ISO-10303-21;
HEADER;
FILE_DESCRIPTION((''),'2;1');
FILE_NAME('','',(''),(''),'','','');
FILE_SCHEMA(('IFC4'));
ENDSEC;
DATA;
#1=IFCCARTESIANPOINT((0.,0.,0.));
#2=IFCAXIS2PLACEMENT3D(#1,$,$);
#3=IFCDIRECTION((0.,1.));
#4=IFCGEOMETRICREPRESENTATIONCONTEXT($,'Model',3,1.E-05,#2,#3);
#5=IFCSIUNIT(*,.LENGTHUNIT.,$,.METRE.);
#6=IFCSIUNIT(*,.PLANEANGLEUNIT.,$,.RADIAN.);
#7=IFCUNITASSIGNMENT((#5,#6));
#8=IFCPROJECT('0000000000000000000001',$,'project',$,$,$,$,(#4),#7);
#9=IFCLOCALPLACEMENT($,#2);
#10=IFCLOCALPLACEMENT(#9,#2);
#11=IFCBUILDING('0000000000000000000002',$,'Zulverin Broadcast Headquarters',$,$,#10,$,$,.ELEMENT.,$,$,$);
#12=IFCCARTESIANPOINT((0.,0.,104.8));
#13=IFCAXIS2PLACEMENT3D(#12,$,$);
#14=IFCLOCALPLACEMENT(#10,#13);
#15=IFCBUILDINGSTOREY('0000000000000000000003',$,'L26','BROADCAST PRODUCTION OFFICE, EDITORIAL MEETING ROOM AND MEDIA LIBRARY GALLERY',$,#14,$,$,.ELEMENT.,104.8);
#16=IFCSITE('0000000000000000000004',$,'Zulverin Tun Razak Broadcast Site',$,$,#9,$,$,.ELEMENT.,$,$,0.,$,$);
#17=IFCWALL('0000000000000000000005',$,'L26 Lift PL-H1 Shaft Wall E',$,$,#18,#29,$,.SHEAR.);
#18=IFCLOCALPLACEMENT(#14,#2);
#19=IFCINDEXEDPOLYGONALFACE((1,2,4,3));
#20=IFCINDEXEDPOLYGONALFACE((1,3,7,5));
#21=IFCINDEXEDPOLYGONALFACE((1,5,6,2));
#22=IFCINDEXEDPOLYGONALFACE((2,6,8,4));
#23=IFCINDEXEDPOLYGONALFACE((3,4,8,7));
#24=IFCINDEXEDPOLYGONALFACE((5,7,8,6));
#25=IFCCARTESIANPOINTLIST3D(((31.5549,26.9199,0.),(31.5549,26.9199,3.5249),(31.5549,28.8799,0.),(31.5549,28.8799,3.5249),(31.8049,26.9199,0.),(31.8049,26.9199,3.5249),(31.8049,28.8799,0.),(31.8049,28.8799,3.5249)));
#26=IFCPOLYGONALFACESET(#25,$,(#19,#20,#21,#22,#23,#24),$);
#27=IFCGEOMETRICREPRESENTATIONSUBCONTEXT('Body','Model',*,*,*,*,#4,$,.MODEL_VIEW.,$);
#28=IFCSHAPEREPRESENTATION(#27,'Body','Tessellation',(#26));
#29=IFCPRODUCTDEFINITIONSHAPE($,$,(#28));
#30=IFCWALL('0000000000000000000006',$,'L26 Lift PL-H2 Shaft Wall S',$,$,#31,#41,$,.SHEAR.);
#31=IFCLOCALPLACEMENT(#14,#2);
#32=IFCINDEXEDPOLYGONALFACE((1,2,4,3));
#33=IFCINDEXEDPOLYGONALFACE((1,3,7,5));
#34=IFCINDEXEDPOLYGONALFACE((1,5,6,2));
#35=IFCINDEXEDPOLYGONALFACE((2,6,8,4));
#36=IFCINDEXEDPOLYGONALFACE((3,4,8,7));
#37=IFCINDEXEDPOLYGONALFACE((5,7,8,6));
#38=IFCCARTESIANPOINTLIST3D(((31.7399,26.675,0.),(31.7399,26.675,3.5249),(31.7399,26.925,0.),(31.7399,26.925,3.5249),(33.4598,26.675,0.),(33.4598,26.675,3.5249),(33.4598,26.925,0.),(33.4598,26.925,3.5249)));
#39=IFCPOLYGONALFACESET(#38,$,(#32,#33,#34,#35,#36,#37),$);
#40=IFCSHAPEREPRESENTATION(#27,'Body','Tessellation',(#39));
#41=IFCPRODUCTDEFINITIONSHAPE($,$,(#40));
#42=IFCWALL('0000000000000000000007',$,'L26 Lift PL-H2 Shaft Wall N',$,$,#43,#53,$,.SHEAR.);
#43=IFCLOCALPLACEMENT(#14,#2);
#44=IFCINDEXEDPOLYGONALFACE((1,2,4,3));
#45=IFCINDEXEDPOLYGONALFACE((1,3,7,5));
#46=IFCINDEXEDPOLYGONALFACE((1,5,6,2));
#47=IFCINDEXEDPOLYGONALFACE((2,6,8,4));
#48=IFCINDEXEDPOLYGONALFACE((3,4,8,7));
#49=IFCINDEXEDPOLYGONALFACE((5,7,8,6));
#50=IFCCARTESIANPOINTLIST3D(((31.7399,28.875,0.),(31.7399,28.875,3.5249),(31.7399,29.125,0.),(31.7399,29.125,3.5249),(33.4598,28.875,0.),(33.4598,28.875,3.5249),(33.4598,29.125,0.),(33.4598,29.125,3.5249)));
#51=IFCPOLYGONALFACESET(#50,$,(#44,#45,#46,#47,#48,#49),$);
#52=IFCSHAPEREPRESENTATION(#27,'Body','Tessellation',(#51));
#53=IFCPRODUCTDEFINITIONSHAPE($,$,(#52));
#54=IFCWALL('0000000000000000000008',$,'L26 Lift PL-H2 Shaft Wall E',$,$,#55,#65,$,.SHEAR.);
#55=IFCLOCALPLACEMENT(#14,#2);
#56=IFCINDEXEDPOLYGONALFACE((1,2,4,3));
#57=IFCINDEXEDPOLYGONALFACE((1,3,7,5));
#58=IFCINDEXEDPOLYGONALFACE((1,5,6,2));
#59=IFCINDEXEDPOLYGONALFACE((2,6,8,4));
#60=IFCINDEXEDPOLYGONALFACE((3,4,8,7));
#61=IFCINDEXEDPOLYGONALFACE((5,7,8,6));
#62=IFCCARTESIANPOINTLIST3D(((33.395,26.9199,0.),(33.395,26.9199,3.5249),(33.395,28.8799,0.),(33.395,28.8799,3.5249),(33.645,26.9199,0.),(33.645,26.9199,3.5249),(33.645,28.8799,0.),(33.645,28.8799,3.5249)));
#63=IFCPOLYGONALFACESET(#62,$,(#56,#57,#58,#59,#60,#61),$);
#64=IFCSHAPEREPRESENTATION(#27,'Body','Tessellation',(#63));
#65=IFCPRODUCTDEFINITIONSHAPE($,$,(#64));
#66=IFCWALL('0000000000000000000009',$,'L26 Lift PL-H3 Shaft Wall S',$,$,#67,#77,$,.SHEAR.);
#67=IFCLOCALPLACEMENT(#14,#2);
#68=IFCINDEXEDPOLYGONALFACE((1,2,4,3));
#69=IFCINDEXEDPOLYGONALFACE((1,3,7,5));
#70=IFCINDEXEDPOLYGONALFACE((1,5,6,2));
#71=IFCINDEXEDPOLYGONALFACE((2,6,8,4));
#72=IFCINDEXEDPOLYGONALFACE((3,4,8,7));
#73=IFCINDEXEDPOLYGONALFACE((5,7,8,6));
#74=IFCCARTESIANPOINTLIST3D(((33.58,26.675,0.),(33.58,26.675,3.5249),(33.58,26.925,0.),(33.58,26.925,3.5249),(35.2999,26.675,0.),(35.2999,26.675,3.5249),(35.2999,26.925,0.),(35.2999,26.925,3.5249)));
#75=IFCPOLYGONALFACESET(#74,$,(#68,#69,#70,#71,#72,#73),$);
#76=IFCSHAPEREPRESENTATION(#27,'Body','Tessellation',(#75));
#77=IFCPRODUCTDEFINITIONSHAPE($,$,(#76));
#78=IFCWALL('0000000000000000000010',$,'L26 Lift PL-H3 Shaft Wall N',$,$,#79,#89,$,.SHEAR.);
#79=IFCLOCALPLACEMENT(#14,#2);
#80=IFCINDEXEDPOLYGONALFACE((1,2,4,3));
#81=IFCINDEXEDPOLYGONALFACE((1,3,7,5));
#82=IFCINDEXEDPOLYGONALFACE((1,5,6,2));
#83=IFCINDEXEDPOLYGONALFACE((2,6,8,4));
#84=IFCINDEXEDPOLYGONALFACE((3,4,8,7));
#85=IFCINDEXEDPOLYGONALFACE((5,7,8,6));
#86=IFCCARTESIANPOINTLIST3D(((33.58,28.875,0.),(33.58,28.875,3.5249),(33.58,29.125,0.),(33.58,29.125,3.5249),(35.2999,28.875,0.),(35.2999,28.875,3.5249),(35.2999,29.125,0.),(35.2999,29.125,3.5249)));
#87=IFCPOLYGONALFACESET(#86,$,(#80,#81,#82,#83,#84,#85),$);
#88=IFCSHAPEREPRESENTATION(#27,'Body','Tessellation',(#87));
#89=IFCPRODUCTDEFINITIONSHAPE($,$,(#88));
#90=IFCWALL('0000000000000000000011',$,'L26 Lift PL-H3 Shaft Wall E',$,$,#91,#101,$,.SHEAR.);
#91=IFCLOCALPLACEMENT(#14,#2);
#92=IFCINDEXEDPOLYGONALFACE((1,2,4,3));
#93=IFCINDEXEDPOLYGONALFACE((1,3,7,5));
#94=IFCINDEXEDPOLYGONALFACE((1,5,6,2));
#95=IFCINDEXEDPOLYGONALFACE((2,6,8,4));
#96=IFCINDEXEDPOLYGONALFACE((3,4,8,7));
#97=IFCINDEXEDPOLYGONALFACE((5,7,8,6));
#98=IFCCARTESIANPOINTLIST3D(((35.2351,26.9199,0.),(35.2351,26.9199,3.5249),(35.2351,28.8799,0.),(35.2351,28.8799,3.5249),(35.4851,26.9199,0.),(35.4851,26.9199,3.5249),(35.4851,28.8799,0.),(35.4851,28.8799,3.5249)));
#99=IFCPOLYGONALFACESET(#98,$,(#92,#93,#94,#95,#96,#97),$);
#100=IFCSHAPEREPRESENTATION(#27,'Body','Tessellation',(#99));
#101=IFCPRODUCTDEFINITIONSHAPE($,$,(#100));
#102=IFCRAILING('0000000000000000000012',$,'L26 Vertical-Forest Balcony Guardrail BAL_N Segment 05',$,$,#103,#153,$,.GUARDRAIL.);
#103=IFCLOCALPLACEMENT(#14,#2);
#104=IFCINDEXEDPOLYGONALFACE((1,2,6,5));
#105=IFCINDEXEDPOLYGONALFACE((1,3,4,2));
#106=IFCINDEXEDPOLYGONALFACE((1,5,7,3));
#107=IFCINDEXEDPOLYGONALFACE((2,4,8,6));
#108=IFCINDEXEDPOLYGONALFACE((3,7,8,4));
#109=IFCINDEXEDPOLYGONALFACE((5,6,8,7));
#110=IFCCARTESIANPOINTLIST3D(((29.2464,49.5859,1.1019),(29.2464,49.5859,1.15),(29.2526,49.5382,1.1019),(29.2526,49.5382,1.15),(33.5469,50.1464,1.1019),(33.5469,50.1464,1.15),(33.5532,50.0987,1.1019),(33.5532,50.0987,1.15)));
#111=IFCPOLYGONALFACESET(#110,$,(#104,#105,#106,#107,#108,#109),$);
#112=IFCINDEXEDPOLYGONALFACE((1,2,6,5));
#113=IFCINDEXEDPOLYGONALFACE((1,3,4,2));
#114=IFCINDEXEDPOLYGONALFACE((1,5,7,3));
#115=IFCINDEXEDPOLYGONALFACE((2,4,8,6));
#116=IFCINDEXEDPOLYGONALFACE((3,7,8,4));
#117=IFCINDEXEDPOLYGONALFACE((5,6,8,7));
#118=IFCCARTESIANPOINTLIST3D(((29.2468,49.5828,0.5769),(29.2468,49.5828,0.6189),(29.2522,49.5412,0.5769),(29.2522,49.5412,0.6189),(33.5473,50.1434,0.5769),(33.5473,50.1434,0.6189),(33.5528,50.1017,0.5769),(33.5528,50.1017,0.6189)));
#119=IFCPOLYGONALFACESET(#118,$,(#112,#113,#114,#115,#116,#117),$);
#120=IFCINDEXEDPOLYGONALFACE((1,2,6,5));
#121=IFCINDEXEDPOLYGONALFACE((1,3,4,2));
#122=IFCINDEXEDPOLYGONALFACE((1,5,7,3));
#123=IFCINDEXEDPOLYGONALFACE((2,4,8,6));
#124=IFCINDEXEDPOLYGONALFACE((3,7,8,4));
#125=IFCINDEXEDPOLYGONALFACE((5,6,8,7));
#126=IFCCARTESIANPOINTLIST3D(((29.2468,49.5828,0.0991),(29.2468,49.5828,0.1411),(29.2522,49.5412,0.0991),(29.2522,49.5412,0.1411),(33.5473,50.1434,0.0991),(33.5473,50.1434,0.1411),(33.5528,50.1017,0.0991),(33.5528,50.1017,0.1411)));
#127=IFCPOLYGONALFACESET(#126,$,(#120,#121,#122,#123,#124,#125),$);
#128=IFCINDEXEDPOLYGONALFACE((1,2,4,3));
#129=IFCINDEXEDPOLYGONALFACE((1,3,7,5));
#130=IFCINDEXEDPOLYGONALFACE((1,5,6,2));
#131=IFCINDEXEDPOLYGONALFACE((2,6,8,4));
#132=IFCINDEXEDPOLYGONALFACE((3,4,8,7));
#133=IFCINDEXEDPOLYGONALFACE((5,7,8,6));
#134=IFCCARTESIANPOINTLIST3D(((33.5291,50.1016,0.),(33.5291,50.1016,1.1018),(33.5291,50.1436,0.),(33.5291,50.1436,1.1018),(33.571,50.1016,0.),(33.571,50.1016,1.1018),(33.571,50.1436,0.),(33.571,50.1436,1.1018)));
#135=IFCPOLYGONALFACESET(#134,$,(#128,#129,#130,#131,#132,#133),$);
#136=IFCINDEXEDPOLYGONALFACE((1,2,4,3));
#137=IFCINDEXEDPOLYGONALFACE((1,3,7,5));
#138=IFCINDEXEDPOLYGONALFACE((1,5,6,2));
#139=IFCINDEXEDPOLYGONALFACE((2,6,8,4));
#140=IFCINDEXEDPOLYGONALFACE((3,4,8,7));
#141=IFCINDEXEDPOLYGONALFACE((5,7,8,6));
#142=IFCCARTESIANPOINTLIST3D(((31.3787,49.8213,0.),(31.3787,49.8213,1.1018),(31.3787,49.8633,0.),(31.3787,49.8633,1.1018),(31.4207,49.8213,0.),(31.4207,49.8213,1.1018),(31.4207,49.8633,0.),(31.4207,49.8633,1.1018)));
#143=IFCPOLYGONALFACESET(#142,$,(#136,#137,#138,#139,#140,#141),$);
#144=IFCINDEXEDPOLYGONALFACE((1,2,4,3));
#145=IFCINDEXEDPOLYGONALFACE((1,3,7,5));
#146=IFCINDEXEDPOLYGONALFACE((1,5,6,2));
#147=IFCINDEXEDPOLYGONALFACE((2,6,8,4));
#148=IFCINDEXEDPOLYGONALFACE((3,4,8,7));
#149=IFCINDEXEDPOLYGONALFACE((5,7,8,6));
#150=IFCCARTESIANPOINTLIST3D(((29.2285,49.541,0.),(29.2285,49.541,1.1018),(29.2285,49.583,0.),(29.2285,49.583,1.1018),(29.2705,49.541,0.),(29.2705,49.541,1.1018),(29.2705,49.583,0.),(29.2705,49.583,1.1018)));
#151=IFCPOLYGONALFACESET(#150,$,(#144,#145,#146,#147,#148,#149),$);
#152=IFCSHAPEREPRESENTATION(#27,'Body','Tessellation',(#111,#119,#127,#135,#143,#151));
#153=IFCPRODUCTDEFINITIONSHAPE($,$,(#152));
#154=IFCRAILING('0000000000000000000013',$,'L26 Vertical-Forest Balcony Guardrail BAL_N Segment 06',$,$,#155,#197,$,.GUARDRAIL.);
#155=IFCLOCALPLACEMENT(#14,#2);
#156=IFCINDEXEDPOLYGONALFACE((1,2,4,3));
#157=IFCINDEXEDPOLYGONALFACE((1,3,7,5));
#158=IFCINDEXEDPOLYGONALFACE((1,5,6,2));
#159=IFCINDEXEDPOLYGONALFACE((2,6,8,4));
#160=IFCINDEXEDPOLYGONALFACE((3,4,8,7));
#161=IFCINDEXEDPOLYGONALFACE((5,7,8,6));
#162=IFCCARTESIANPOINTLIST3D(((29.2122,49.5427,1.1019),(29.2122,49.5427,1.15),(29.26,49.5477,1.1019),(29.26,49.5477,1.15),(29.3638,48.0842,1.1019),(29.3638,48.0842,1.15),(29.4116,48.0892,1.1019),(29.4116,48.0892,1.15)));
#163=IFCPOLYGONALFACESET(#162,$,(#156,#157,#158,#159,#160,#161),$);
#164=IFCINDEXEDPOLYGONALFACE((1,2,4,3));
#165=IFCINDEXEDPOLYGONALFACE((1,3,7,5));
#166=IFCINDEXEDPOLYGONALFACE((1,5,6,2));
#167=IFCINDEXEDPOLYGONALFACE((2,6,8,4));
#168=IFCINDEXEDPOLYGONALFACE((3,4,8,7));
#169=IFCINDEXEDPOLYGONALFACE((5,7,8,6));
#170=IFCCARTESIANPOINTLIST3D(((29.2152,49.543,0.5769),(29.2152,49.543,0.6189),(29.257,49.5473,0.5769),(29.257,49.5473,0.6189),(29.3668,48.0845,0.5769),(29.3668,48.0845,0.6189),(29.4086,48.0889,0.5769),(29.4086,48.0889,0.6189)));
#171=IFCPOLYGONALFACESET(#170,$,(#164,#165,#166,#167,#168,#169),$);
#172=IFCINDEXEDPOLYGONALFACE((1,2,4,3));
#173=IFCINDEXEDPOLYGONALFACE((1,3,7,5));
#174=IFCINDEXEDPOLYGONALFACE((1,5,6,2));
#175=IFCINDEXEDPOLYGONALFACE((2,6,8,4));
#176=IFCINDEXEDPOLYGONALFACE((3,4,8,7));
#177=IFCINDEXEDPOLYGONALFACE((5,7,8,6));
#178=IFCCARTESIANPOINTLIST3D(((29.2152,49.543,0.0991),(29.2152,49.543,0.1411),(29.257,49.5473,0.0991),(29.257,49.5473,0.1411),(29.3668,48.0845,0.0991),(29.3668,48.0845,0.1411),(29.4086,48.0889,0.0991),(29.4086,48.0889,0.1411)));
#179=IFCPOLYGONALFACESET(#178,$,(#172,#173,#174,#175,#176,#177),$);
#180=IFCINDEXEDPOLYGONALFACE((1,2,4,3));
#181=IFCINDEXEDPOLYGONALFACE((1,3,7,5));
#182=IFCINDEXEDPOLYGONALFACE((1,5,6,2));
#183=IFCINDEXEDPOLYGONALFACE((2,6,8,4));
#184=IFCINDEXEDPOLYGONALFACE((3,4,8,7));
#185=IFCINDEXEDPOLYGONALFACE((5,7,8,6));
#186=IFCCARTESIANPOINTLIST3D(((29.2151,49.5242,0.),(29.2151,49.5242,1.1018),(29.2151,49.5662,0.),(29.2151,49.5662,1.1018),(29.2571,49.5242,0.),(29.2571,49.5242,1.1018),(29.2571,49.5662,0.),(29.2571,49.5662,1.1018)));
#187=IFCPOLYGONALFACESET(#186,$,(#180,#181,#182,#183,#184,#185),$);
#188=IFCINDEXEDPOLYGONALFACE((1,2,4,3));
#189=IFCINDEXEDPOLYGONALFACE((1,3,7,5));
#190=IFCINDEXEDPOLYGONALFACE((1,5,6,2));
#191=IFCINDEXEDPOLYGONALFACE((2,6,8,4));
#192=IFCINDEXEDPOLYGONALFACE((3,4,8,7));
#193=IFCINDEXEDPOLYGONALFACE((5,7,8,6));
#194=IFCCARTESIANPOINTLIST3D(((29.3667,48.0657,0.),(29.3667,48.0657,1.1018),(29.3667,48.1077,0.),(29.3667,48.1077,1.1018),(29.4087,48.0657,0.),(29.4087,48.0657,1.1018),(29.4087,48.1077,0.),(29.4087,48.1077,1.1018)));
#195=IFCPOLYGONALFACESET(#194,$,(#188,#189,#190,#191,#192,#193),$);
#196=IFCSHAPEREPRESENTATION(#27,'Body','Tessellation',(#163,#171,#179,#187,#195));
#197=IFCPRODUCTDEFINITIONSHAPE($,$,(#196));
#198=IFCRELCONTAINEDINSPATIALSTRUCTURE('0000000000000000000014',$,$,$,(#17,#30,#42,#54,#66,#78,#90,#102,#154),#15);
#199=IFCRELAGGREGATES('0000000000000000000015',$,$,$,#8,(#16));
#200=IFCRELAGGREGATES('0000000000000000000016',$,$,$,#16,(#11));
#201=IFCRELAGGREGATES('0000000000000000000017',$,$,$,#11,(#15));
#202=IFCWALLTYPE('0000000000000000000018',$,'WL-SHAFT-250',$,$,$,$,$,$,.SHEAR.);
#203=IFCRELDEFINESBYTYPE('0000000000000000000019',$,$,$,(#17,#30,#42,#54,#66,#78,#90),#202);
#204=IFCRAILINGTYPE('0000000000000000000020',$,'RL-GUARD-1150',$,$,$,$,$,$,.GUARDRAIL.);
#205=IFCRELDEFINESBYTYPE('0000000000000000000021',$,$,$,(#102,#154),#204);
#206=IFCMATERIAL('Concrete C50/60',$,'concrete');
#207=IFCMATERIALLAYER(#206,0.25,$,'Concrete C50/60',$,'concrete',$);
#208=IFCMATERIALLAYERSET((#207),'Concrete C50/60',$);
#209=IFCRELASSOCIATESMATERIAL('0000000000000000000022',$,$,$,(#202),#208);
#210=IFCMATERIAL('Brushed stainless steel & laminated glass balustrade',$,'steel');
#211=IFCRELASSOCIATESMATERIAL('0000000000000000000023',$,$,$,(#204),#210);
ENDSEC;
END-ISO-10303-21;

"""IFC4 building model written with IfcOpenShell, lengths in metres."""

from ifc_helpers import new_model, si_unit, direction, frame, frame_2d, origin, origin_2d, place, context, subcontext, project, spatial, rectangle, extrude, material, layer, layer_set, type_object, element, save


model = new_model("IFC4")

# Units and contexts
model_context = context("Model", 3, precision=1e-05, world=origin(), true_north=direction((0.0, 1.0)))
body_context = subcontext(model_context, "Body", "Model", "MODEL_VIEW")
ifc_project = project(units=[si_unit("LENGTHUNIT", "METRE"), si_unit("PLANEANGLEUNIT", "RADIAN")], contexts=[model_context])

# Site, building, storey
site_placement = place(None, origin())
site = spatial("IfcSite", under=ifc_project, at=site_placement, Name="Zulverin Tun Razak Broadcast Site", CompositionType="ELEMENT", RefElevation=0.0)
building_placement = place(site_placement, origin())
building = spatial("IfcBuilding", under=site, at=building_placement, Name="Zulverin Broadcast Headquarters", CompositionType="ELEMENT")
storey_placement = place(building_placement, frame((0.0, 0.0, 104.8)))
storey = spatial("IfcBuildingStorey", under=building, at=storey_placement, Name="L26", Description="BROADCAST PRODUCTION OFFICE, EDITORIAL MEETING ROOM AND MEDIA LIBRARY GALLERY", CompositionType="ELEMENT", Elevation=104.8)

# Shared definitions
ifc_material_1 = material(Name="Concrete C50/60", Category="concrete")
ifc_layer_1 = layer(ifc_material_1, 0.25, Name="Concrete C50/60", Category="concrete")
ifc_layer_set_1 = layer_set([ifc_layer_1], Name="Concrete C50/60")
wall_type_1 = type_object("IfcWallType", Name="WL-SHAFT-250", PredefinedType="SHEAR", material=ifc_layer_set_1)

# Walls
wall_1_placement = place(storey_placement, frame((31.6799, 26.9199, 0.0), z_axis=(0.0, 0.0, 1.0), x_axis=(0.0, 1.0, 0.0)))
element("IfcWall", 1, at=wall_1_placement, inside=storey, type_object=wall_type_1, Name="L26 Lift PL-H1 Shaft Wall E", PredefinedType="SHEAR", context=body_context, shape_type="SweptSolid", body=[
    extrude(rectangle(XDim=1.96, YDim=0.25, at=frame_2d((0.98, 0.0))), origin(), (0.0, 0.0, 1.0), 3.5249),
])
for number, where, z_axis, x_axis, name in (
    (2, (31.74, 26.8, 0.0), (0.0, 0.0, 1.0), (1.0, 0.0, 0.0), "L26 Lift PL-H2 Shaft Wall S"),
    (3, (31.74, 29.0, 0.0), (0.0, 0.0, 1.0), (1.0, 0.0, 0.0), "L26 Lift PL-H2 Shaft Wall N"),
):
    element("IfcWall", number, at=place(storey_placement, frame(where, z_axis=z_axis, x_axis=x_axis)), inside=storey, type_object=wall_type_1, Name=name, PredefinedType="SHEAR", context=body_context, shape_type="SweptSolid", body=[
        extrude(rectangle(XDim=1.72, YDim=0.25, at=frame_2d((0.8599, 0.0))), origin(), (0.0, 0.0, 1.0), 3.5249),
    ])
wall_2_placement = place(storey_placement, frame((33.52, 26.9199, 0.0), z_axis=(0.0, 0.0, 1.0), x_axis=(0.0, 1.0, 0.0)))
element("IfcWall", 4, at=wall_2_placement, inside=storey, type_object=wall_type_1, Name="L26 Lift PL-H2 Shaft Wall E", PredefinedType="SHEAR", context=body_context, shape_type="SweptSolid", body=[
    extrude(rectangle(XDim=1.96, YDim=0.25, at=frame_2d((0.98, 0.0))), origin(), (0.0, 0.0, 1.0), 3.5249),
])
for number, where, z_axis, x_axis, name in (
    (5, (33.5801, 26.8, 0.0), (0.0, 0.0, 1.0), (1.0, 0.0, 0.0), "L26 Lift PL-H3 Shaft Wall S"),
    (6, (33.5801, 29.0, 0.0), (0.0, 0.0, 1.0), (1.0, 0.0, 0.0), "L26 Lift PL-H3 Shaft Wall N"),
):
    element("IfcWall", number, at=place(storey_placement, frame(where, z_axis=z_axis, x_axis=x_axis)), inside=storey, type_object=wall_type_1, Name=name, PredefinedType="SHEAR", context=body_context, shape_type="SweptSolid", body=[
        extrude(rectangle(XDim=1.72, YDim=0.25, at=frame_2d((0.8599, 0.0))), origin(), (0.0, 0.0, 1.0), 3.5249),
    ])
wall_3_placement = place(storey_placement, frame((35.3601, 26.9199, 0.0), z_axis=(0.0, 0.0, 1.0), x_axis=(0.0, 1.0, 0.0)))
element("IfcWall", 7, at=wall_3_placement, inside=storey, type_object=wall_type_1, Name="L26 Lift PL-H3 Shaft Wall E", PredefinedType="SHEAR", context=body_context, shape_type="SweptSolid", body=[
    extrude(rectangle(XDim=1.96, YDim=0.25, at=frame_2d((0.98, 0.0))), origin(), (0.0, 0.0, 1.0), 3.5249),
])

# Railings
ifc_material_2 = material(Name="Brushed stainless steel & laminated glass balustrade", Category="steel")
railing_type = type_object("IfcRailingType", Name="RL-GUARD-1150", PredefinedType="GUARDRAIL", material=ifc_material_2)
railing_1_placement = place(storey_placement, frame((33.55, 50.1226, 0.0)))
element("IfcRailing", 8, at=railing_1_placement, inside=storey, type_object=railing_type, Name="L26 Vertical-Forest Balcony Guardrail BAL_N Segment 05", PredefinedType="GUARDRAIL", context=body_context, shape_type="SweptSolid", body=[
    extrude(rectangle(XDim=0.0481, YDim=0.0481, at=origin_2d()), frame((0.0, 0.0, 1.126), z_axis=(-0.991612, -0.12925, 0.0), x_axis=(0.12925, -0.991612, 0.0)), (0.0, 0.0, 1.0), 4.3369),
    extrude(rectangle(XDim=0.042, YDim=0.042, at=origin_2d()), frame((0.0, 0.0, 0.5979), z_axis=(-0.991612, -0.12925, 0.0), x_axis=(0.12925, -0.991612, 0.0)), (0.0, 0.0, 1.0), 4.3369),
    extrude(rectangle(XDim=0.042, YDim=0.042, at=origin_2d()), frame((0.0, 0.0, 0.1201), z_axis=(-0.991612, -0.12925, 0.0), x_axis=(0.12925, -0.991612, 0.0)), (0.0, 0.0, 1.0), 4.3369),
    extrude(rectangle(XDim=0.042, YDim=0.042, at=origin_2d()), origin(), (0.0, 0.0, 1.0), 1.1018),
    extrude(rectangle(XDim=0.042, YDim=0.042, at=origin_2d()), frame((-2.1504, -0.2803, 0.0)), (0.0, 0.0, 1.0), 1.1018),
    extrude(rectangle(XDim=0.042, YDim=0.042, at=origin_2d()), frame((-4.3005, -0.5605, 0.0)), (0.0, 0.0, 1.0), 1.1018),
])
railing_2_placement = place(storey_placement, frame((29.2361, 49.5452, 0.0)))
element("IfcRailing", 9, at=railing_2_placement, inside=storey, type_object=railing_type, Name="L26 Vertical-Forest Balcony Guardrail BAL_N Segment 06", PredefinedType="GUARDRAIL", context=body_context, shape_type="SweptSolid", body=[
    extrude(rectangle(XDim=0.0481, YDim=0.0481, at=origin_2d()), frame((0.0, 0.0, 1.126), z_axis=(0.103393, -0.994641, 0.0), x_axis=(0.994641, 0.103393, 0.0)), (0.0, 0.0, 1.0), 1.4663),
    extrude(rectangle(XDim=0.042, YDim=0.042, at=origin_2d()), frame((0.0, 0.0, 0.5979), z_axis=(0.103393, -0.994641, 0.0), x_axis=(0.994641, 0.103393, 0.0)), (0.0, 0.0, 1.0), 1.4663),
    extrude(rectangle(XDim=0.042, YDim=0.042, at=origin_2d()), frame((0.0, 0.0, 0.1201), z_axis=(0.103393, -0.994641, 0.0), x_axis=(0.994641, 0.103393, 0.0)), (0.0, 0.0, 1.0), 1.4663),
    extrude(rectangle(XDim=0.042, YDim=0.042, at=origin_2d()), origin(), (0.0, 0.0, 1.0), 1.1018),
    extrude(rectangle(XDim=0.042, YDim=0.042, at=origin_2d()), frame((0.1516, -1.4585, 0.0)), (0.0, 0.0, 1.0), 1.1018),
])

save(model, "model.ifc")
